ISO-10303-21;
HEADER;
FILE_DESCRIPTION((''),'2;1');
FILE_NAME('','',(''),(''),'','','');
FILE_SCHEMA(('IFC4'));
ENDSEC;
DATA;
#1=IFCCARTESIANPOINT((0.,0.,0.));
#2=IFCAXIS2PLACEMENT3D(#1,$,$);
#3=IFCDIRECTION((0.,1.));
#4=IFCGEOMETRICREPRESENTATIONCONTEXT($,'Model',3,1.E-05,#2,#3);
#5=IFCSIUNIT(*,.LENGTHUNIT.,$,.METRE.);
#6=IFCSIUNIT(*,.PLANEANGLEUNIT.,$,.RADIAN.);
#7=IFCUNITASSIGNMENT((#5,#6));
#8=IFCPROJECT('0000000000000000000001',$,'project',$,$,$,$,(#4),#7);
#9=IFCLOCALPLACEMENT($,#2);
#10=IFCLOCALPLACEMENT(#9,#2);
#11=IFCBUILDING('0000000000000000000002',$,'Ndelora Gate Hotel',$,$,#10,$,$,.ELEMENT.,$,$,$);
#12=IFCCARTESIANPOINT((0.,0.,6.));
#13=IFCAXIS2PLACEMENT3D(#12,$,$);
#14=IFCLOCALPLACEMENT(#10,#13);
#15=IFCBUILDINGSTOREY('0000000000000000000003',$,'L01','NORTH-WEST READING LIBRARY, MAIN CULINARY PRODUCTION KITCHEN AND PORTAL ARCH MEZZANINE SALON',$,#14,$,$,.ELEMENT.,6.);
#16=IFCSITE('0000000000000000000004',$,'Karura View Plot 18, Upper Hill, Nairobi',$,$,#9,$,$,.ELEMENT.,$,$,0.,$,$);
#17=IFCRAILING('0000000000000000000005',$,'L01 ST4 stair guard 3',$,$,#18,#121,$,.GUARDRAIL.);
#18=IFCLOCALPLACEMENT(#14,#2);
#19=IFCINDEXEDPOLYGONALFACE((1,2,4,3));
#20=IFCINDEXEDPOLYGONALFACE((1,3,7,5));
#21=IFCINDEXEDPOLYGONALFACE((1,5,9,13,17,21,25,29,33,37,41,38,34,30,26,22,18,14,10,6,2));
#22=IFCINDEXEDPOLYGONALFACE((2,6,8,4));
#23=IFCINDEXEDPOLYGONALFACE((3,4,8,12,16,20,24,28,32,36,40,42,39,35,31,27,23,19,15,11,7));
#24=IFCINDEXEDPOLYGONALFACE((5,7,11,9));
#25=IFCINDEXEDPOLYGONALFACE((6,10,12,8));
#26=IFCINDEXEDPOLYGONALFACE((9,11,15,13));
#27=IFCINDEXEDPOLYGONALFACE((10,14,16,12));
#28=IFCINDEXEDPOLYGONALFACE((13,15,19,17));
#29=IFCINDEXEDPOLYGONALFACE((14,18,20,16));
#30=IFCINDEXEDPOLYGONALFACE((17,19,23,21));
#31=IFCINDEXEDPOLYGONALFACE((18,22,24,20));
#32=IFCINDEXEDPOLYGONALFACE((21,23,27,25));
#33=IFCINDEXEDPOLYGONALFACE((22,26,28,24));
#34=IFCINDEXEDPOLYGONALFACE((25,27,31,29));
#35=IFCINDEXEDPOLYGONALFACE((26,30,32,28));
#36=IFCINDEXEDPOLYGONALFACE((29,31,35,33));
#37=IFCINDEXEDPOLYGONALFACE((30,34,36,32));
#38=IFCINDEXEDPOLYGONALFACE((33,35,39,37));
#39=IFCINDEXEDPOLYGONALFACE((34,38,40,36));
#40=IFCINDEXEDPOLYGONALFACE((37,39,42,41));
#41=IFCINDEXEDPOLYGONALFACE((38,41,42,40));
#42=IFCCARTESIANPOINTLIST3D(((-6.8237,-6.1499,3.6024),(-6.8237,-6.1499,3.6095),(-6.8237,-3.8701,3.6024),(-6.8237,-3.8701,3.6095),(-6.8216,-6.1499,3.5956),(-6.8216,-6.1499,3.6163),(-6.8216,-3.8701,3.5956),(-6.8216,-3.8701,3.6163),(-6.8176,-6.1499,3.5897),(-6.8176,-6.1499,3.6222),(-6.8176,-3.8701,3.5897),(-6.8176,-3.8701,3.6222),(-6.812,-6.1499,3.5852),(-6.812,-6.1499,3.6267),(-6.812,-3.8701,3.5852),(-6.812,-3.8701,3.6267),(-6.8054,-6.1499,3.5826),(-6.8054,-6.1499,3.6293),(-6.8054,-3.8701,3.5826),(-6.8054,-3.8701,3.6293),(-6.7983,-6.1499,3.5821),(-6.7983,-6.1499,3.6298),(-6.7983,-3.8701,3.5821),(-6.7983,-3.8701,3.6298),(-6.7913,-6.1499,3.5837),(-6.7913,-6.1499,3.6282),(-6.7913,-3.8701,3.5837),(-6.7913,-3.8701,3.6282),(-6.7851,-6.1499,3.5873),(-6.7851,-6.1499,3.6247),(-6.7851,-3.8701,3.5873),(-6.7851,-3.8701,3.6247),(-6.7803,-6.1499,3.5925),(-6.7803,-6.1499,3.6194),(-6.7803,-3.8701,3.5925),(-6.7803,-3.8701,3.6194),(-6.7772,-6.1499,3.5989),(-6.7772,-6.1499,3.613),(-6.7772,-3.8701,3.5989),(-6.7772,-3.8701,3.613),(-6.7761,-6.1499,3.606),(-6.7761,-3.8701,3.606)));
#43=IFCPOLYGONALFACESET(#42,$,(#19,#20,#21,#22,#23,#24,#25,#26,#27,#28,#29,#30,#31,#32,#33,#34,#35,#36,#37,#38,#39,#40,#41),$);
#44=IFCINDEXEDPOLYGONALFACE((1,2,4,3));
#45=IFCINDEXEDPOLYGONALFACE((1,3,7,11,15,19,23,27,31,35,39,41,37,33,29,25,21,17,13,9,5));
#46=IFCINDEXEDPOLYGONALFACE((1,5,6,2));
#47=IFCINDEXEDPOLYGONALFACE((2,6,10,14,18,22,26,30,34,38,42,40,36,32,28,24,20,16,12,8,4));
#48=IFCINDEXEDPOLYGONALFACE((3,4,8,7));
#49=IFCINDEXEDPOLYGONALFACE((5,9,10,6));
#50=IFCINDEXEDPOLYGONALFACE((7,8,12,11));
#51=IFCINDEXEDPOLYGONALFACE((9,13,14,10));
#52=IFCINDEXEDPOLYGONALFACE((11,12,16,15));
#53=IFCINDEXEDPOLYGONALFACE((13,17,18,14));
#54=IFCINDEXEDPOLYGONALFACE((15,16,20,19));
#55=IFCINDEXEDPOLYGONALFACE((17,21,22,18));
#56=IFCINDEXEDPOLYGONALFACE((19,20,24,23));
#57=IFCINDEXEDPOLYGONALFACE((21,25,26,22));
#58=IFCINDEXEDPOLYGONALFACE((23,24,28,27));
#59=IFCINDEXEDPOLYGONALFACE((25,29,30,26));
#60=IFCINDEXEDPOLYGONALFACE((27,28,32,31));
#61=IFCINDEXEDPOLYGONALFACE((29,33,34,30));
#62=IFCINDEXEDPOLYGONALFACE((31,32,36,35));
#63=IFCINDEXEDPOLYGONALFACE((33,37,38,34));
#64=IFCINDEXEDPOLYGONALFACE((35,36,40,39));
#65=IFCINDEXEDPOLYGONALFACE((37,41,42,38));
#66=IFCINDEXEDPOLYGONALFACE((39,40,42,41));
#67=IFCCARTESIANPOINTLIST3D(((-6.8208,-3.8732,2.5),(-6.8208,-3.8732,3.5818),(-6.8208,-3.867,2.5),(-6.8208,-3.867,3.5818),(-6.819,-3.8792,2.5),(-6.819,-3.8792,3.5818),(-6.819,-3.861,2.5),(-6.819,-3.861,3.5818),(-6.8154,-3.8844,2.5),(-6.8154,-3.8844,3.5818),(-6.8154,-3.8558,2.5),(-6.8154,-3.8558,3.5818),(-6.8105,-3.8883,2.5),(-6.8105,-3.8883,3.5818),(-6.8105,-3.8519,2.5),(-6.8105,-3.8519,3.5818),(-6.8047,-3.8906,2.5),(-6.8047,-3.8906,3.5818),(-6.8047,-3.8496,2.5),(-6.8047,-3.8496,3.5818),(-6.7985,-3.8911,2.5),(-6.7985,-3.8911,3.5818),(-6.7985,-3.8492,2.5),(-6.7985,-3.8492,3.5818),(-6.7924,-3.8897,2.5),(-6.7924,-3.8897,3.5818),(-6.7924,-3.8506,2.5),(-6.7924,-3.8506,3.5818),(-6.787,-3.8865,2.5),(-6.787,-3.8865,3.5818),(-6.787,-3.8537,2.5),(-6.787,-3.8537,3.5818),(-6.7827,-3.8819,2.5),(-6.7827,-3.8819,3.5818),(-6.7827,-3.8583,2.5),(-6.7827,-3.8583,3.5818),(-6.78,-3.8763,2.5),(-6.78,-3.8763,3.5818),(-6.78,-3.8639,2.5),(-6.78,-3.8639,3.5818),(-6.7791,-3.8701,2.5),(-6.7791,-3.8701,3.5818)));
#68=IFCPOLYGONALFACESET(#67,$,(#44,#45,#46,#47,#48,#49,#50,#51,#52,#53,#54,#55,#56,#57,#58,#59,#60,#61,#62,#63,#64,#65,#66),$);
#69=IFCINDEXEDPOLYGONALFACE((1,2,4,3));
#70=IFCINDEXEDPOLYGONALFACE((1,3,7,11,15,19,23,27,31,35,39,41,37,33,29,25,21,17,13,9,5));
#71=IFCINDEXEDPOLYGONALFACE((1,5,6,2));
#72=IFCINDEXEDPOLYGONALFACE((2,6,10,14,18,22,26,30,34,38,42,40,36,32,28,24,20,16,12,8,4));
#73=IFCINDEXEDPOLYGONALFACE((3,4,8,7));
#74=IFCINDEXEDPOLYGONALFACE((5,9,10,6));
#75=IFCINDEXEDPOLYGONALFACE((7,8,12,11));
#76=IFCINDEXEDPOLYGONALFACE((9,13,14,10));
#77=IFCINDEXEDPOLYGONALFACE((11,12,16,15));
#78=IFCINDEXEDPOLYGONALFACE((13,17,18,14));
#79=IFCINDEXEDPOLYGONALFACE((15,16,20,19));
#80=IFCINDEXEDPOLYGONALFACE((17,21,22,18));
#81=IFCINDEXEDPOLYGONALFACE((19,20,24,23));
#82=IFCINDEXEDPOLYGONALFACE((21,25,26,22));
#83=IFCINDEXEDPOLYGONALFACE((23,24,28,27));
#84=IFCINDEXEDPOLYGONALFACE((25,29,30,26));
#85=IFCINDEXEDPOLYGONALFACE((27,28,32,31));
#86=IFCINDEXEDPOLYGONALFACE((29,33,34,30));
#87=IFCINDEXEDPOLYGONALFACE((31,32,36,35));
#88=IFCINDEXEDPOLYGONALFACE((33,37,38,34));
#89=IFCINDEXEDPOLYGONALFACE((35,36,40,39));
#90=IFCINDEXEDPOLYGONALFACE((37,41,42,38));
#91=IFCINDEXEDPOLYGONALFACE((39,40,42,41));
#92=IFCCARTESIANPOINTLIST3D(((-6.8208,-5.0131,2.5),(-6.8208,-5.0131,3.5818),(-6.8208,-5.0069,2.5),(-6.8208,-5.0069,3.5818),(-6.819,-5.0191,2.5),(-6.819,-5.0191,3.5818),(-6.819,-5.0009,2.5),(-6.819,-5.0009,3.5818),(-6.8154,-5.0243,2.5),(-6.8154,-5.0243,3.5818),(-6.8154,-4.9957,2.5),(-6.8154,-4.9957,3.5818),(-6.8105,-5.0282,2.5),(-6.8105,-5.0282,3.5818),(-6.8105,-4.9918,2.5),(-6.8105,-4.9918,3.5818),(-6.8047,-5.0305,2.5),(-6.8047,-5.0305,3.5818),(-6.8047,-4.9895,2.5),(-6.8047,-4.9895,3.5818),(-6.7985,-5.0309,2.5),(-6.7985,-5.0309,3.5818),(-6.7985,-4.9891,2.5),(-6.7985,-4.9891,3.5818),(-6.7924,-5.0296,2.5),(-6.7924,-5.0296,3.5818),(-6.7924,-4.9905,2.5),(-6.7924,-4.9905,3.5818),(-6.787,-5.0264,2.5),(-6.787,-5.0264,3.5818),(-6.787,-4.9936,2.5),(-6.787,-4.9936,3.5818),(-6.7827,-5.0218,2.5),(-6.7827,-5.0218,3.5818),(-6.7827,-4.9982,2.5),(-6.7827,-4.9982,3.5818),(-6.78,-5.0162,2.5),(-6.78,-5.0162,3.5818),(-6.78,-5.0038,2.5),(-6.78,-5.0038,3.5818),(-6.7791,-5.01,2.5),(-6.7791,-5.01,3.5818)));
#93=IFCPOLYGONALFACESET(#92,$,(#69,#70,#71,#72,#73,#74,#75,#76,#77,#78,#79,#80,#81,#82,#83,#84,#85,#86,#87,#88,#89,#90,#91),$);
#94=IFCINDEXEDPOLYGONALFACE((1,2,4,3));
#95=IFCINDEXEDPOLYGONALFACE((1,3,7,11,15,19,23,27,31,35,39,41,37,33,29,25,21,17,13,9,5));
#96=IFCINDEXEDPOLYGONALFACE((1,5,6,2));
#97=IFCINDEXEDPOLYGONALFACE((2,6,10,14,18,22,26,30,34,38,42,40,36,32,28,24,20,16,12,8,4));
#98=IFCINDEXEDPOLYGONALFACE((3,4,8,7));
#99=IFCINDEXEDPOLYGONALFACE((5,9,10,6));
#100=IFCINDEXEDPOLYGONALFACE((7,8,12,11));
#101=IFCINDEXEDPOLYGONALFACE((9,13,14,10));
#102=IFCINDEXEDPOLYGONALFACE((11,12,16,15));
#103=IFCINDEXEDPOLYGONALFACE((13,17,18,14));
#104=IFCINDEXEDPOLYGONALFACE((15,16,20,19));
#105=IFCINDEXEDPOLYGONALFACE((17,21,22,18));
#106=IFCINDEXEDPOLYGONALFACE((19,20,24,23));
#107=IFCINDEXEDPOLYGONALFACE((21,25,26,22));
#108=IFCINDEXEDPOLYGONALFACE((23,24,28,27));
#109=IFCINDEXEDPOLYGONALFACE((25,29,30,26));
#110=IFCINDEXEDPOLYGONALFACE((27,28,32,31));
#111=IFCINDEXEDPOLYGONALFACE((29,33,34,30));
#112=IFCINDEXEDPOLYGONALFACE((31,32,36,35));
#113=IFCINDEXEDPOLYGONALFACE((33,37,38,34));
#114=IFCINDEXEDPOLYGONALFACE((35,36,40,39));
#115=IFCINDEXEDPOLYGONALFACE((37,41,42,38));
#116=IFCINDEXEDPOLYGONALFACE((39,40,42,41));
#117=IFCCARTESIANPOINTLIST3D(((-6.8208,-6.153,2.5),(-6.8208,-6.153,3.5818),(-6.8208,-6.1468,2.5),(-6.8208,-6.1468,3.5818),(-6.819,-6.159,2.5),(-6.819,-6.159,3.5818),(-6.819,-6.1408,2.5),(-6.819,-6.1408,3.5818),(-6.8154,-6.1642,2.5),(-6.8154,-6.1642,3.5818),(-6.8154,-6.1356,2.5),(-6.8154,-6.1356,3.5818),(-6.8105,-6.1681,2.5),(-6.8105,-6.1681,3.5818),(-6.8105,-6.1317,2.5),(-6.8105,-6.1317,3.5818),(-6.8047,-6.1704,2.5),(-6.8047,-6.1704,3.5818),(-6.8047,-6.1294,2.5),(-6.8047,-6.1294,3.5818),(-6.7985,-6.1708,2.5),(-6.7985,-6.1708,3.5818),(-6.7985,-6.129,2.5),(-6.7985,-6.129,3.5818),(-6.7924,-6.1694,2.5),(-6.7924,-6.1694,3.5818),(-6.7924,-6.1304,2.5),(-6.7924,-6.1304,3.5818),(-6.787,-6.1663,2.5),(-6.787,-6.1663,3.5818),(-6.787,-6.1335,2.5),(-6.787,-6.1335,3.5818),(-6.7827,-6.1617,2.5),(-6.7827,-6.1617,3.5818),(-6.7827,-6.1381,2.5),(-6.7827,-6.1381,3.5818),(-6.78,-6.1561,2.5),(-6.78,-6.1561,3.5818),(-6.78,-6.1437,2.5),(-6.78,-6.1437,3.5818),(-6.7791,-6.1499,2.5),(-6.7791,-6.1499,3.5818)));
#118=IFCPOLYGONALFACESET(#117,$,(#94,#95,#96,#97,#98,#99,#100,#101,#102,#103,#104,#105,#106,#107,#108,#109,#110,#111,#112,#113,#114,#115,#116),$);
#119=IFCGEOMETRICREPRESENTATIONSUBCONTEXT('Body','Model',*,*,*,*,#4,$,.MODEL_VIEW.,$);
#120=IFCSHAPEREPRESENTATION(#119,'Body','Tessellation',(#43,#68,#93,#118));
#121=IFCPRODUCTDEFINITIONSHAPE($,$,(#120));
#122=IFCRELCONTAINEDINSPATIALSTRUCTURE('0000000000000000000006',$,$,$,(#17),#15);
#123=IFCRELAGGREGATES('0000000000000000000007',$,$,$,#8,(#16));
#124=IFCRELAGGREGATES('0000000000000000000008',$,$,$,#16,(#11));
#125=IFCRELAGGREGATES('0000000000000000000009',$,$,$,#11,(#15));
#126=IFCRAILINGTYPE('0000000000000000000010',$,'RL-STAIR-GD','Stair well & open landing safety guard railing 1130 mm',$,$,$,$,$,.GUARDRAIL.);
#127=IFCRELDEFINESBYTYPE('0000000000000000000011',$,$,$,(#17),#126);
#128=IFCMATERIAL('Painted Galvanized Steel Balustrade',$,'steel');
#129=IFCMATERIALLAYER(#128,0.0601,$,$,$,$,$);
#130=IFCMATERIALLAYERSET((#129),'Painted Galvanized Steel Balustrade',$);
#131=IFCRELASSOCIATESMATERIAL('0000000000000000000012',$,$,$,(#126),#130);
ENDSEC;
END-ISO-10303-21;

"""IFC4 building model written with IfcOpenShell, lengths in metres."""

from ifc_helpers import new_model, si_unit, direction, frame, origin, origin_2d, place, context, subcontext, project, spatial, circle, extrude, material, layer, layer_set, type_object, element, save


model = new_model("IFC4")

# Units and contexts
model_context = context("Model", 3, precision=1e-05, world=origin(), true_north=direction((0.0, 1.0)))
body_context = subcontext(model_context, "Body", "Model", "MODEL_VIEW")
ifc_project = project(units=[si_unit("LENGTHUNIT", "METRE"), si_unit("PLANEANGLEUNIT", "RADIAN")], contexts=[model_context])

# Site, building, storey
site_placement = place(None, origin())
site = spatial("IfcSite", under=ifc_project, at=site_placement, Name="Karura View Plot 18, Upper Hill, Nairobi", CompositionType="ELEMENT", RefElevation=0.0)
building_placement = place(site_placement, origin())
building = spatial("IfcBuilding", under=site, at=building_placement, Name="Ndelora Gate Hotel", CompositionType="ELEMENT")
storey_placement = place(building_placement, frame((0.0, 0.0, 6.0)))
storey = spatial("IfcBuildingStorey", under=building, at=storey_placement, Name="L01", Description="NORTH-WEST READING LIBRARY, MAIN CULINARY PRODUCTION KITCHEN AND PORTAL ARCH MEZZANINE SALON", CompositionType="ELEMENT", Elevation=6.0)

# Railing
ifc_material_1 = material(Name="Painted Galvanized Steel Balustrade", Category="steel")
ifc_layer_1 = layer(ifc_material_1, 0.0601)
ifc_layer_set_1 = layer_set([ifc_layer_1], Name="Painted Galvanized Steel Balustrade")
railing_type_1 = type_object("IfcRailingType", Name="RL-STAIR-GD", Description="Stair well & open landing safety guard railing 1130 mm", PredefinedType="GUARDRAIL", material=ifc_layer_set_1)
for number, where, name in (
    (1, (-6.8, -3.8701, 2.5), "L01 ST4 stair guard 3"),
):
    element("IfcRailing", number, at=place(storey_placement, frame(where)), inside=storey, type_object=railing_type_1, Name=name, PredefinedType="GUARDRAIL", context=body_context, shape_type="SweptSolid", body=[
        extrude(circle(Radius=0.0239, at=origin_2d()), frame((0.0, 0.0, 1.106), z_axis=(0.0, -1.0, 0.0), x_axis=(1.0, 0.0, 0.0)), (0.0, 0.0, 1.0), 2.2798),
        extrude(circle(Radius=0.021, at=origin_2d()), origin(), (0.0, 0.0, 1.0), 1.0818),
        extrude(circle(Radius=0.021, at=origin_2d()), frame((0.0, -1.1399, 0.0)), (0.0, 0.0, 1.0), 1.0818),
        extrude(circle(Radius=0.021, at=origin_2d()), frame((0.0, -2.2798, 0.0)), (0.0, 0.0, 1.0), 1.0818),
    ])

save(model, "model.ifc")
